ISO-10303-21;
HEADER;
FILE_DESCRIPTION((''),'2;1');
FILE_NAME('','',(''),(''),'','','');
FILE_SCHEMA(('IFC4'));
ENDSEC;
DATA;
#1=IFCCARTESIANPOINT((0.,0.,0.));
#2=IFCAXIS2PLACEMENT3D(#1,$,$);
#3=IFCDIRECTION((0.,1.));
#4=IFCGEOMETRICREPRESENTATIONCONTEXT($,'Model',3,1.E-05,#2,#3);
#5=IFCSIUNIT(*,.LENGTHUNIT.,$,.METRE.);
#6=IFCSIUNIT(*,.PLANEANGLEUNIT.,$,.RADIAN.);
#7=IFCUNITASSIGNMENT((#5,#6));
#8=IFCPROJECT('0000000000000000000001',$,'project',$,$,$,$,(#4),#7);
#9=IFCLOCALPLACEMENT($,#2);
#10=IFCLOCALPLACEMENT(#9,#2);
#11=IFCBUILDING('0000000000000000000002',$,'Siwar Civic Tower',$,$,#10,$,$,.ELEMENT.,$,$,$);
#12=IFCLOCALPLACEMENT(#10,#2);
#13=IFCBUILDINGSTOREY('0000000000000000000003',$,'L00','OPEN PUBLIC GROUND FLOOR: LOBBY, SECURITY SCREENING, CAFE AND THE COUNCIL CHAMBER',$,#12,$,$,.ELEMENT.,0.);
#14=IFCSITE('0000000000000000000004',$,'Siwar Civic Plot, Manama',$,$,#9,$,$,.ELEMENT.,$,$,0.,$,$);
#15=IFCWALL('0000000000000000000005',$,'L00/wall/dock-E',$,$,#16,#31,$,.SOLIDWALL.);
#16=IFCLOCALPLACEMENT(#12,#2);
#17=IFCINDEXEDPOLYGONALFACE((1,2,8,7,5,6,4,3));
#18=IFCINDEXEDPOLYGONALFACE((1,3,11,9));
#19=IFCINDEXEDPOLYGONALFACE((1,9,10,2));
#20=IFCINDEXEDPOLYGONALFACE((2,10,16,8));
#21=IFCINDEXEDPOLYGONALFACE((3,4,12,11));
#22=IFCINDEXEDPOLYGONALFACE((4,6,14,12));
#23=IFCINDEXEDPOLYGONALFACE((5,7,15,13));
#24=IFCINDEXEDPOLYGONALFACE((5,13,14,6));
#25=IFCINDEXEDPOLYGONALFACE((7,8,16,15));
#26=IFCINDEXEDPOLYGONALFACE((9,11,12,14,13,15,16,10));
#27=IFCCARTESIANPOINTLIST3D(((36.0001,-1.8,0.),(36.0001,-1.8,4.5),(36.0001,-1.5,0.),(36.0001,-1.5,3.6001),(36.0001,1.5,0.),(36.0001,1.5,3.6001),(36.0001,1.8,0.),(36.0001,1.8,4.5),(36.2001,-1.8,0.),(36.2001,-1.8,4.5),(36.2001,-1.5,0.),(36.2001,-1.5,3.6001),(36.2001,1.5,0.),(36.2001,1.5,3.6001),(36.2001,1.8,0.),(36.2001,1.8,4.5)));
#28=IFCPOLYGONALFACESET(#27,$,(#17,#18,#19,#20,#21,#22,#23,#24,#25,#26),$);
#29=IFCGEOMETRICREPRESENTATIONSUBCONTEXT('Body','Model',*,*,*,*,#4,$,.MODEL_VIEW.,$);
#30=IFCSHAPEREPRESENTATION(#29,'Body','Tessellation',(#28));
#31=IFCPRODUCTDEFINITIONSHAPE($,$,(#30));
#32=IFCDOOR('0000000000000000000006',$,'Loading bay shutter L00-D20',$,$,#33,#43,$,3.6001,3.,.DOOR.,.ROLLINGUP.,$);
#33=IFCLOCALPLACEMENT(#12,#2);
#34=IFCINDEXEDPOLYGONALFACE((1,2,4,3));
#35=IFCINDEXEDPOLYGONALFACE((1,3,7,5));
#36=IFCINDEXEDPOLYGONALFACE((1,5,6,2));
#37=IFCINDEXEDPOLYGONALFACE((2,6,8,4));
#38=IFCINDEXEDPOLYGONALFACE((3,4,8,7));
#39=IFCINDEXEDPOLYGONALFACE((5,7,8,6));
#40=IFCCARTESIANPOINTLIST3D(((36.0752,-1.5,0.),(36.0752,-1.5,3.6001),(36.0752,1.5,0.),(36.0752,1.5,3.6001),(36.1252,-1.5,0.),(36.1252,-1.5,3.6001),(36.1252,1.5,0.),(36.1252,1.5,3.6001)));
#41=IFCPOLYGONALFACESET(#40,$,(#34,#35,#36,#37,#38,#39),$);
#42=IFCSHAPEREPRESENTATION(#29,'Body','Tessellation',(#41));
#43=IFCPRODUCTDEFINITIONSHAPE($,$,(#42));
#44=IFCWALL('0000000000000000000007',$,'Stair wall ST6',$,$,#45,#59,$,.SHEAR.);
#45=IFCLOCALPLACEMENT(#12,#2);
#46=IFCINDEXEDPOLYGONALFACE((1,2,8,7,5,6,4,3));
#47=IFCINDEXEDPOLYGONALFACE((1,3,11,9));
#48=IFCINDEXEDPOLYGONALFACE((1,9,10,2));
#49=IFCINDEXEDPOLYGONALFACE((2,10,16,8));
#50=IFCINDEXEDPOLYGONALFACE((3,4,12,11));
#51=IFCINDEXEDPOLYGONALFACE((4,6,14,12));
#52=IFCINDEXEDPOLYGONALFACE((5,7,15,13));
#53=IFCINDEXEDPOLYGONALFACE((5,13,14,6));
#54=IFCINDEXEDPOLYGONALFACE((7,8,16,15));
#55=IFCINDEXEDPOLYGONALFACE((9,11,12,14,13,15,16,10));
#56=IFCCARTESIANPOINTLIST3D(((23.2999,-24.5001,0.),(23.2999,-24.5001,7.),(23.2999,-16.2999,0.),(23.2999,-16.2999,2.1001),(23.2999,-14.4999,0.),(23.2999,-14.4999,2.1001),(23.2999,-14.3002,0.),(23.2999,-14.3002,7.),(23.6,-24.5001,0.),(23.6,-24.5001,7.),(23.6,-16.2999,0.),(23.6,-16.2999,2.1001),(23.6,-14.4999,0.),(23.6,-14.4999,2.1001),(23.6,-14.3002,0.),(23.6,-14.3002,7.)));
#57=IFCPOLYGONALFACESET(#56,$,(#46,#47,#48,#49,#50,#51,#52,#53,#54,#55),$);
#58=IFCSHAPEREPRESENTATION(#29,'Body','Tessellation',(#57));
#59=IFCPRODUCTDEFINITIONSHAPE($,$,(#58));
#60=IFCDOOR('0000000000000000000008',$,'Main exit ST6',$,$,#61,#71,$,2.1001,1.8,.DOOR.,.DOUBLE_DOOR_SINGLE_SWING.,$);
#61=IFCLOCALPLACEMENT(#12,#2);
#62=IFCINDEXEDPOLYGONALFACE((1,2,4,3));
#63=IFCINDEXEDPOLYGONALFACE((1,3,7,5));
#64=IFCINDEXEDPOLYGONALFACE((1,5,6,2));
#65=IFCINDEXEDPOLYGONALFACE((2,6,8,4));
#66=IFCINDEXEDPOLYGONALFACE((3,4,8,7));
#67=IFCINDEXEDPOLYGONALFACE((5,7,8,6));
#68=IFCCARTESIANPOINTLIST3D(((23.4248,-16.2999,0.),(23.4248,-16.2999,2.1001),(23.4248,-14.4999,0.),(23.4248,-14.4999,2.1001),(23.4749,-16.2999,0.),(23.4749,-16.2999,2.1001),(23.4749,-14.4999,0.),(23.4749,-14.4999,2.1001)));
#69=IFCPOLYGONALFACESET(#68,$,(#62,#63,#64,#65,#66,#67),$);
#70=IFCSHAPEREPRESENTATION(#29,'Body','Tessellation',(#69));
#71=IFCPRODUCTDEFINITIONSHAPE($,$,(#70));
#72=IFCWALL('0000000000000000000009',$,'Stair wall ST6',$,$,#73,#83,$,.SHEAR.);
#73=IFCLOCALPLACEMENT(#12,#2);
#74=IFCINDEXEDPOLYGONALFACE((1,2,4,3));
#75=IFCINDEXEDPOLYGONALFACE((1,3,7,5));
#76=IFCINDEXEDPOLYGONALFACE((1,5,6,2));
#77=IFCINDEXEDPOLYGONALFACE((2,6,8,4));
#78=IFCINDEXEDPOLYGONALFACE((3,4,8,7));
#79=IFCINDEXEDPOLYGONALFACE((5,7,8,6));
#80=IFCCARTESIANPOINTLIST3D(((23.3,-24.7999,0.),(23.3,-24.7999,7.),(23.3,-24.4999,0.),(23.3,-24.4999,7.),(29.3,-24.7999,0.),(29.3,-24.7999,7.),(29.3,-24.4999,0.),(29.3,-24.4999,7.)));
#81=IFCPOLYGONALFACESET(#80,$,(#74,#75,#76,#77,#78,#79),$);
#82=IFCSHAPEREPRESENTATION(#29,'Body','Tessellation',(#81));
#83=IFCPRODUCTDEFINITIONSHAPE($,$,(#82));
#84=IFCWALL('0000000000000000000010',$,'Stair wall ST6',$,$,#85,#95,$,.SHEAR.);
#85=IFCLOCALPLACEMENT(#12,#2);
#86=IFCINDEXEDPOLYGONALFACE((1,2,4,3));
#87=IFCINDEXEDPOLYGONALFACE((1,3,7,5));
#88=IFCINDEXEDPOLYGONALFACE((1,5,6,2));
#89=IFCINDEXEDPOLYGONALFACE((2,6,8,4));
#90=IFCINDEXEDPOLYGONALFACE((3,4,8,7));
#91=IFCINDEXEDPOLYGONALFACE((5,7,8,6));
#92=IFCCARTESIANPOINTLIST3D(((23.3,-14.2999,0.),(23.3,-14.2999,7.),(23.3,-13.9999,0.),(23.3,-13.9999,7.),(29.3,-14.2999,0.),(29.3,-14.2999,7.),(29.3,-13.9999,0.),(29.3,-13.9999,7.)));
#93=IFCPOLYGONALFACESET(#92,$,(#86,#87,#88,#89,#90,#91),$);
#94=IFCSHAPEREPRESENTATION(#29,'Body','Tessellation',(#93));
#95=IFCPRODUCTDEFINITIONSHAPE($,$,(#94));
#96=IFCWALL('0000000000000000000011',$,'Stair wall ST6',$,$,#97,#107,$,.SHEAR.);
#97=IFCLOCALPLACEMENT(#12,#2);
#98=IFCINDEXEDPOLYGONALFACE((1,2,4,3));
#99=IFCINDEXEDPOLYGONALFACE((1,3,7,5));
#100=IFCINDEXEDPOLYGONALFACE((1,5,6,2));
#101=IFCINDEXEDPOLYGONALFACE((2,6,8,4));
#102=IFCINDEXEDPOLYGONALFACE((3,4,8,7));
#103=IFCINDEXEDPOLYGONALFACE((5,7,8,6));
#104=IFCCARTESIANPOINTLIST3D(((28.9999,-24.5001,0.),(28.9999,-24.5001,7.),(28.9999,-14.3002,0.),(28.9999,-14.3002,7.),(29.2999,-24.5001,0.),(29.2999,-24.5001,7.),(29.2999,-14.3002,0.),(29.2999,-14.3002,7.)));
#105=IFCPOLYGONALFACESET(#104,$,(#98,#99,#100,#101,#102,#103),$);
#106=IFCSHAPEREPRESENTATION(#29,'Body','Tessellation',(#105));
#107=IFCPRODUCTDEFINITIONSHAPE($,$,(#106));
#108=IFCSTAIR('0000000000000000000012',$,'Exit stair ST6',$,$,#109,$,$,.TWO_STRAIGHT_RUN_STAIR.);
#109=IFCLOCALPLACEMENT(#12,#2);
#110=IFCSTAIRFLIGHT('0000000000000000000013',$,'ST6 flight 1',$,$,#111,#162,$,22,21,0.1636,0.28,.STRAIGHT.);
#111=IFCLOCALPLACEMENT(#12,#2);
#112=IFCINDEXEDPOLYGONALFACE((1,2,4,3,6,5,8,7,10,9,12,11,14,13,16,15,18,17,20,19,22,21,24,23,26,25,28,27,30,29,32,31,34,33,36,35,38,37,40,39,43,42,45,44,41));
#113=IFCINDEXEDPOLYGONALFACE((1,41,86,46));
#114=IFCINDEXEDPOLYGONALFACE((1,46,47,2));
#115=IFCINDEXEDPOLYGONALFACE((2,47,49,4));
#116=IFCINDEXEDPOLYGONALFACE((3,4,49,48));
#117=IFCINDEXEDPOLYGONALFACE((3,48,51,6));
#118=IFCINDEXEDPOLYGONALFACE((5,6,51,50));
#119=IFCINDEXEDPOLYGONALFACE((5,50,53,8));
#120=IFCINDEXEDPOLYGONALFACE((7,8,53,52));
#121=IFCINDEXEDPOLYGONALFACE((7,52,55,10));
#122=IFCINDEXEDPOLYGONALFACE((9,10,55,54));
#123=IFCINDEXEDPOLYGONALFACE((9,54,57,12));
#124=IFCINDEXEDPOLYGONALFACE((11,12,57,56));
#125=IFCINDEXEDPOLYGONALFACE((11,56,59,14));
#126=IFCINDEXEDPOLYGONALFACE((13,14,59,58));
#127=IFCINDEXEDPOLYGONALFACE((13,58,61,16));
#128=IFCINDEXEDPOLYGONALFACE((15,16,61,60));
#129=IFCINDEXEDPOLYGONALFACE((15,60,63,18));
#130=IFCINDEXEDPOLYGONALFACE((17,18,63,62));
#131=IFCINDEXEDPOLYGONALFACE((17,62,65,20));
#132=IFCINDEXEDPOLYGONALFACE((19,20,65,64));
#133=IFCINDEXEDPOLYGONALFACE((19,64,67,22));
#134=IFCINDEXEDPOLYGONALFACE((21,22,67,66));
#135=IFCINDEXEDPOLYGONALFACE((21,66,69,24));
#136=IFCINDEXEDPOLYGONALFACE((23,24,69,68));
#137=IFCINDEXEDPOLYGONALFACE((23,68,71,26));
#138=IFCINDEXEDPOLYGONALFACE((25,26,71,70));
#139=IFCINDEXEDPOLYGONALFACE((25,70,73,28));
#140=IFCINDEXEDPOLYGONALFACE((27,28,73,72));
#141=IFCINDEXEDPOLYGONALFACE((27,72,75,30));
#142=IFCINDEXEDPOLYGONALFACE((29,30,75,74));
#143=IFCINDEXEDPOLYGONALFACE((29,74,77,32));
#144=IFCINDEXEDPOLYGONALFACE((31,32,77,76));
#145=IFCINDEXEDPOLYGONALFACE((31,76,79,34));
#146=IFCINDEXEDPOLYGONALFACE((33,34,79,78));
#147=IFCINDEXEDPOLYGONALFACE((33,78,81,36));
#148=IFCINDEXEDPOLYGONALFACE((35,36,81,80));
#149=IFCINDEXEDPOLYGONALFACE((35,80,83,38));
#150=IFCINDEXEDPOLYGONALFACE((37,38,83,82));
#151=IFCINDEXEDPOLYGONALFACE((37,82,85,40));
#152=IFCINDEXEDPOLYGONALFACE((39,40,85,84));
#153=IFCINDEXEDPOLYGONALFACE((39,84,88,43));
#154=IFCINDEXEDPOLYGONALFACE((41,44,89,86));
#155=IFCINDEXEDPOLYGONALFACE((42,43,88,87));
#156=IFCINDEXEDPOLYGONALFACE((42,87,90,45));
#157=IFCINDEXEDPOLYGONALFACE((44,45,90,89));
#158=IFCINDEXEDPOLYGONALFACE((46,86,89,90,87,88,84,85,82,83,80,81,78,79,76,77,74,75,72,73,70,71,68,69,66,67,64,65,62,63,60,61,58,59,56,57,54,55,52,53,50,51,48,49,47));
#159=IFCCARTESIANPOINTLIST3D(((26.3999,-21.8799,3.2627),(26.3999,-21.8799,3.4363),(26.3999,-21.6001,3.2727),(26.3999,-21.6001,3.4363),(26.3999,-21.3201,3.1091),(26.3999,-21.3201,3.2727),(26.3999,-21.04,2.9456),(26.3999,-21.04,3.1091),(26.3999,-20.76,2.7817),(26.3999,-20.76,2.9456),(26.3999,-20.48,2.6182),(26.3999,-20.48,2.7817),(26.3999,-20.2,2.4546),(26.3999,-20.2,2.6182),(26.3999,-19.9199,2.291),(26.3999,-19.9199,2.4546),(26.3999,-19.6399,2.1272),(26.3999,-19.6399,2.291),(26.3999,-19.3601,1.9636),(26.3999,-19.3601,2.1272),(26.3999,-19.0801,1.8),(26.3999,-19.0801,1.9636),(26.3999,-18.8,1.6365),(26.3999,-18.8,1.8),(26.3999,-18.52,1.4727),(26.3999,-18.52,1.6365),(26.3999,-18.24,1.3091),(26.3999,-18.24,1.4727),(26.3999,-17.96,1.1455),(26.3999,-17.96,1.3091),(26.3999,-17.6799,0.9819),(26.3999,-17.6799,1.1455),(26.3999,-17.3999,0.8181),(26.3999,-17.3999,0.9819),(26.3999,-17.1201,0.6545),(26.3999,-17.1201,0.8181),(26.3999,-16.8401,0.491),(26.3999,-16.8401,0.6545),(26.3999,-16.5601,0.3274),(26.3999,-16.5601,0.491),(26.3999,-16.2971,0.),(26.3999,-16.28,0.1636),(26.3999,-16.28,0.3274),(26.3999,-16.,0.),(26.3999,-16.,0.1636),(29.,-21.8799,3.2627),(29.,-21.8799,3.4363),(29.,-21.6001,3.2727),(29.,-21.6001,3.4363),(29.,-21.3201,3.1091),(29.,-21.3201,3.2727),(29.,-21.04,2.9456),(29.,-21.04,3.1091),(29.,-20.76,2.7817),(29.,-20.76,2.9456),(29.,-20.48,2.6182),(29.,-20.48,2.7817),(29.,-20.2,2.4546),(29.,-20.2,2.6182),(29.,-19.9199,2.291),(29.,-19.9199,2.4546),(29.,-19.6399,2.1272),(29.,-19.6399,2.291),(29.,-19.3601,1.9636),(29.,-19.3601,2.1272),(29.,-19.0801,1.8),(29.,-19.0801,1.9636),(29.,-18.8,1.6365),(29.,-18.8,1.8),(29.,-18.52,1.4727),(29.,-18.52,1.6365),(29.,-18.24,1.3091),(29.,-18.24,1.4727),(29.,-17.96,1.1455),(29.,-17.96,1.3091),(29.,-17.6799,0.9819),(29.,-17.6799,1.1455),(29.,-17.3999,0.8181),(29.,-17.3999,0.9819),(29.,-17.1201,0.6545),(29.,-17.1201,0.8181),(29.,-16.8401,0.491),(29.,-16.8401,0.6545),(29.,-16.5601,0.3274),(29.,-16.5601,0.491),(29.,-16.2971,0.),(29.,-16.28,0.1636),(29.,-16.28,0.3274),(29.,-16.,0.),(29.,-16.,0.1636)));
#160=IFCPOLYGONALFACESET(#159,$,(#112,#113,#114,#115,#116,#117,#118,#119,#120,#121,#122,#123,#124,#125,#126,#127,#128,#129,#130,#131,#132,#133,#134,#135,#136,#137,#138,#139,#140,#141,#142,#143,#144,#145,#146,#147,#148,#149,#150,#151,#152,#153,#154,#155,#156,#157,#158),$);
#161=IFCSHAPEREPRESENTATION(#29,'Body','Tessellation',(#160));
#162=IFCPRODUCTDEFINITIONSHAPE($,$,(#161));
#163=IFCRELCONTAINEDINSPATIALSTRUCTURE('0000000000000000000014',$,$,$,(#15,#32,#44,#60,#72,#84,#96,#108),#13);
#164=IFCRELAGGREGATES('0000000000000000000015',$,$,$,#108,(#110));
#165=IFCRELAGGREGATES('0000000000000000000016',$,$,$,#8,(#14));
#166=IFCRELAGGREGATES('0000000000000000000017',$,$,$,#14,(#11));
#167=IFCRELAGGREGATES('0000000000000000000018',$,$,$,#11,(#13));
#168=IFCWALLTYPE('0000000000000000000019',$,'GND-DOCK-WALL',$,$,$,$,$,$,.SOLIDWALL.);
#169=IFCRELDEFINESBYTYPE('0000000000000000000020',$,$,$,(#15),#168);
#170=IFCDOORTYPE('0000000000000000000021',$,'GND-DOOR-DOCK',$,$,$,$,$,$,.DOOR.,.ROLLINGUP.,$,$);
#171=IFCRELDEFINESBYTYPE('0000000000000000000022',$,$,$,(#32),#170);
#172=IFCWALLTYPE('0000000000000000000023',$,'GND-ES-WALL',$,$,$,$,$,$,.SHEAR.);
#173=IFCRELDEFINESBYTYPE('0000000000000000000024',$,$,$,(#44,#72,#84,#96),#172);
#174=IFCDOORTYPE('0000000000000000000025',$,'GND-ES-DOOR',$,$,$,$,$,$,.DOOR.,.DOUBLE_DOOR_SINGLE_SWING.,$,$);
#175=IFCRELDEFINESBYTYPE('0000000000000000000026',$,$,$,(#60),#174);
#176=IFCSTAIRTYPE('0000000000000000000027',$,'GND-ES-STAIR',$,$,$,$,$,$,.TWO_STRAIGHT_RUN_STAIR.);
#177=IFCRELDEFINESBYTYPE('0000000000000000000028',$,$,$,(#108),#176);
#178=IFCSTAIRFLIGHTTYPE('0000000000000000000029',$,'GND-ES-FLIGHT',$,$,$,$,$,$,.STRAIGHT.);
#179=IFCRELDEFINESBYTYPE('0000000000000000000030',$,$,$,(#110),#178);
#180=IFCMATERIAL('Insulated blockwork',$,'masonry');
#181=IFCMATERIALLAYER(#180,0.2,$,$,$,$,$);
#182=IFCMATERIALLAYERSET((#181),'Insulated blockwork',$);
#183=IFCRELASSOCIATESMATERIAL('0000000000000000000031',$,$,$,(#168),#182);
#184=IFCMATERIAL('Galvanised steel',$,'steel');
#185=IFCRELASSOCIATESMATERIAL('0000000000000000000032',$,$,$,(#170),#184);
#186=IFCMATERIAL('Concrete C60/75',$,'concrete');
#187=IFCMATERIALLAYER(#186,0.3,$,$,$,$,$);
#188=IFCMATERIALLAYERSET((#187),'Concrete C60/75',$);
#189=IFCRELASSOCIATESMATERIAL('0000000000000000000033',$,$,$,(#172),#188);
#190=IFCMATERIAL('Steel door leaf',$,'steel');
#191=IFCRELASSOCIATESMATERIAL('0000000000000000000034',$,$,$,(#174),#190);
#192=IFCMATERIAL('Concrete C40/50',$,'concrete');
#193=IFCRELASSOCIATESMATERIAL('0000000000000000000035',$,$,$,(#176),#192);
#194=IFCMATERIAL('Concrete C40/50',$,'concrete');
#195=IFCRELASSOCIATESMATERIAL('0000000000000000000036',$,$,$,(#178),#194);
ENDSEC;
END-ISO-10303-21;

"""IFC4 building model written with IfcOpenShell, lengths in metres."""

from ifc_helpers import new_model, si_unit, direction, frame, frame_2d, origin, place, context, subcontext, project, spatial, polyline, rectangle, outline, extrude, material, layer, layer_set, type_object, element, fill, aggregate, save


model = new_model("IFC4")

# Units and contexts
model_context = context("Model", 3, precision=1e-05, world=origin(), true_north=direction((0.0, 1.0)))
body_context = subcontext(model_context, "Body", "Model", "MODEL_VIEW")
ifc_project = project(units=[si_unit("LENGTHUNIT", "METRE"), si_unit("PLANEANGLEUNIT", "RADIAN")], contexts=[model_context])

# Site, building, storey
site_placement = place(None, origin())
site = spatial("IfcSite", under=ifc_project, at=site_placement, Name="Siwar Civic Plot, Manama", CompositionType="ELEMENT", RefElevation=0.0)
building_placement = place(site_placement, origin())
building = spatial("IfcBuilding", under=site, at=building_placement, Name="Siwar Civic Tower", CompositionType="ELEMENT")
storey_placement = place(building_placement, origin())
storey = spatial("IfcBuildingStorey", under=building, at=storey_placement, Name="L00", Description="OPEN PUBLIC GROUND FLOOR: LOBBY, SECURITY SCREENING, CAFE AND THE COUNCIL CHAMBER", CompositionType="ELEMENT", Elevation=0.0)

# Shared definitions
ifc_material_1 = material(Name="Insulated blockwork", Category="masonry")
ifc_layer_1 = layer(ifc_material_1, 0.2)
ifc_layer_set_1 = layer_set([ifc_layer_1], Name="Insulated blockwork")
wall_type_1 = type_object("IfcWallType", Name="GND-DOCK-WALL", PredefinedType="SOLIDWALL", material=ifc_layer_set_1)

# Walls, openings, doors
wall_1_placement = place(storey_placement, frame((36.1001, -1.8, 0.0), z_axis=(0.0, 0.0, 1.0), x_axis=(0.0, 1.0, 0.0)))
wall_1 = element("IfcWall", 1, at=wall_1_placement, inside=storey, type_object=wall_type_1, Name="L00/wall/dock-E", PredefinedType="SOLIDWALL", context=body_context, shape_type="SweptSolid", body=[
    extrude(rectangle(XDim=3.6001, YDim=0.2, at=frame_2d((1.8, 0.0))), origin(), (0.0, 0.0, 1.0), 4.5),
])
opening_1_placement = place(wall_1_placement, frame((0.3, 0.0, 0.0)))
opening_1 = element("IfcOpeningElement", 2, at=opening_1_placement, cuts=wall_1, PredefinedType="OPENING", context=body_context, shape_type="SweptSolid", body=[
    extrude(rectangle(XDim=3.0, YDim=3.6001, at=frame_2d((1.5, 1.8))), frame((0.0, 0.1099, 0.0), z_axis=(0.0, -1.0, 0.0), x_axis=(1.0, 0.0, 0.0)), (0.0, 0.0, 1.0), 0.22),
])
ifc_material_2 = material(Name="Galvanised steel", Category="steel")
door_type_1 = type_object("IfcDoorType", Name="GND-DOOR-DOCK", OperationType="ROLLINGUP", PredefinedType="DOOR", material=ifc_material_2)
door_1_placement = place(opening_1_placement, frame((3.0, 0.0, 0.0), z_axis=(0.0, 0.0, 1.0), x_axis=(-1.0, 0.0, 0.0)))
door_1 = element("IfcDoor", 3, at=door_1_placement, inside=storey, type_object=door_type_1, Name="Loading bay shutter L00-D20", OperationType="ROLLINGUP", OverallHeight=3.6001, OverallWidth=3.0, PredefinedType="DOOR", context=body_context, shape_type="SweptSolid", body=[
    extrude(rectangle(XDim=3.0, YDim=3.6001, at=frame_2d((1.5, 1.8))), frame((0.0, 0.0251, 0.0), z_axis=(0.0, -1.0, 0.0), x_axis=(1.0, 0.0, 0.0)), (0.0, 0.0, 1.0), 0.05),
])
fill(opening_1, door_1)
ifc_material_3 = material(Name="Concrete C60/75", Category="concrete")
ifc_layer_2 = layer(ifc_material_3, 0.3)
ifc_layer_set_2 = layer_set([ifc_layer_2], Name="Concrete C60/75")
wall_type_2 = type_object("IfcWallType", Name="GND-ES-WALL", PredefinedType="SHEAR", material=ifc_layer_set_2)
wall_2_placement = place(storey_placement, frame((23.45, -14.3, 0.0), z_axis=(0.0, 0.0, 1.0), x_axis=(0.0, -1.0, 0.0)))
wall_2 = element("IfcWall", 4, at=wall_2_placement, inside=storey, type_object=wall_type_2, Name="Stair wall ST6", PredefinedType="SHEAR", context=body_context, shape_type="SweptSolid", body=[
    extrude(rectangle(XDim=10.2, YDim=0.3, at=frame_2d((5.1001, 0.0))), origin(), (0.0, 0.0, 1.0), 7.0),
])
opening_2_placement = place(wall_2_placement, frame((0.2, 0.0, 0.0)))
opening_2 = element("IfcOpeningElement", 5, at=opening_2_placement, cuts=wall_2, PredefinedType="OPENING", context=body_context, shape_type="SweptSolid", body=[
    extrude(rectangle(XDim=1.8, YDim=2.1001, at=frame_2d((0.8999, 1.05))), frame((0.0, 0.1602, 0.0), z_axis=(0.0, -1.0, 0.0), x_axis=(1.0, 0.0, 0.0)), (0.0, 0.0, 1.0), 0.3201),
])
ifc_material_4 = material(Name="Steel door leaf", Category="steel")
door_type_2 = type_object("IfcDoorType", Name="GND-ES-DOOR", OperationType="DOUBLE_DOOR_SINGLE_SWING", PredefinedType="DOOR", material=ifc_material_4)
door_2_placement = place(opening_2_placement, frame((1.8, 0.0, 0.0), z_axis=(0.0, 0.0, 1.0), x_axis=(-1.0, 0.0, 0.0)))
door_2 = element("IfcDoor", 6, at=door_2_placement, inside=storey, type_object=door_type_2, Name="Main exit ST6", OperationType="DOUBLE_DOOR_SINGLE_SWING", OverallHeight=2.1001, OverallWidth=1.8, PredefinedType="DOOR", context=body_context, shape_type="SweptSolid", body=[
    extrude(rectangle(XDim=1.8, YDim=2.1001, at=frame_2d((0.9001, 1.05))), frame((0.0, 0.0251, 0.0), z_axis=(0.0, -1.0, 0.0), x_axis=(1.0, 0.0, 0.0)), (0.0, 0.0, 1.0), 0.05),
])
fill(opening_2, door_2)

# Walls
for number, where, z_axis, x_axis, name in (
    (7, (29.3, -24.6499, 0.0), (0.0, 0.0, 1.0), (-1.0, 0.0, 0.0), "Stair wall ST6"),
    (8, (29.3, -14.1499, 0.0), (0.0, 0.0, 1.0), (-1.0, 0.0, 0.0), "Stair wall ST6"),
):
    element("IfcWall", number, at=place(storey_placement, frame(where, z_axis=z_axis, x_axis=x_axis)), inside=storey, type_object=wall_type_2, Name=name, PredefinedType="SHEAR", context=body_context, shape_type="SweptSolid", body=[
        extrude(rectangle(XDim=6.0, YDim=0.3, at=frame_2d((3.0, 0.0))), origin(), (0.0, 0.0, 1.0), 7.0),
    ])
wall_3_placement = place(storey_placement, frame((29.1499, -14.3, 0.0), z_axis=(0.0, 0.0, 1.0), x_axis=(0.0, -1.0, 0.0)))
element("IfcWall", 9, at=wall_3_placement, inside=storey, type_object=wall_type_2, Name="Stair wall ST6", PredefinedType="SHEAR", context=body_context, shape_type="SweptSolid", body=[
    extrude(rectangle(XDim=10.2, YDim=0.3, at=frame_2d((5.1001, 0.0))), origin(), (0.0, 0.0, 1.0), 7.0),
])

# Stair, stair flight
ifc_material_5 = material(Name="Concrete C40/50", Category="concrete")
stair_type = type_object("IfcStairType", Name="GND-ES-STAIR", PredefinedType="TWO_STRAIGHT_RUN_STAIR", material=ifc_material_5)
stair_placement = place(storey_placement, origin())
stair = element("IfcStair", 10, at=stair_placement, inside=storey, type_object=stair_type, Name="Exit stair ST6", PredefinedType="TWO_STRAIGHT_RUN_STAIR")
ifc_material_6 = material(Name="Concrete C40/50", Category="concrete")
stair_flight_type = type_object("IfcStairFlightType", Name="GND-ES-FLIGHT", PredefinedType="STRAIGHT", material=ifc_material_6)
stair_flight_1_placement = place(storey_placement, frame((27.7, -16.0, 0.0), z_axis=(0.0, 0.0, 1.0), x_axis=(0.0, -1.0, 0.0)))
stair_flight_1 = element("IfcStairFlight", 11, at=stair_flight_1_placement, type_object=stair_flight_type, Name="ST6 flight 1", NumberOfRisers=22, NumberOfTreads=21, PredefinedType="STRAIGHT", RiserHeight=0.1636, TreadLength=0.28, context=body_context, shape_type="SweptSolid", body=[
    extrude(outline(polyline([(0.0, 0.0), (0.0, 0.1636), (0.28, 0.1636), (0.28, 0.3274), (0.5601, 0.3274), (0.5601, 0.491), (0.8401, 0.491), (0.8401, 0.6545), (1.1201, 0.6545), (1.1201, 0.8181), (1.3999, 0.8181), (1.3999, 0.9819), (1.6799, 0.9819), (1.6799, 1.1455), (1.96, 1.1455), (1.96, 1.3091), (2.24, 1.3091), (2.24, 1.4727), (2.52, 1.4727), (2.52, 1.6365), (2.8, 1.6365), (2.8, 1.8), (3.0801, 1.8), (3.0801, 1.9636), (3.3601, 1.9636), (3.3601, 2.1272), (3.6399, 2.1272), (3.6399, 2.291), (3.9199, 2.291), (3.9199, 2.4546), (4.2, 2.4546), (4.2, 2.6182), (4.48, 2.6182), (4.48, 2.7817), (4.76, 2.7817), (4.76, 2.9456), (5.04, 2.9456), (5.04, 3.1091), (5.3201, 3.1091), (5.3201, 3.2727), (5.6001, 3.2727), (5.6001, 3.4363), (5.8799, 3.4363), (5.8799, 3.6001), (5.8799, 3.2627), (0.2971, 0.0), (0.0, 0.0)])), frame((0.0, 1.3, 0.0), z_axis=(0.0, -1.0, 0.0), x_axis=(1.0, 0.0, 0.0)), (0.0, 0.0, 1.0), 2.6001),
])
aggregate(stair, [stair_flight_1])

save(model, "model.ifc")
